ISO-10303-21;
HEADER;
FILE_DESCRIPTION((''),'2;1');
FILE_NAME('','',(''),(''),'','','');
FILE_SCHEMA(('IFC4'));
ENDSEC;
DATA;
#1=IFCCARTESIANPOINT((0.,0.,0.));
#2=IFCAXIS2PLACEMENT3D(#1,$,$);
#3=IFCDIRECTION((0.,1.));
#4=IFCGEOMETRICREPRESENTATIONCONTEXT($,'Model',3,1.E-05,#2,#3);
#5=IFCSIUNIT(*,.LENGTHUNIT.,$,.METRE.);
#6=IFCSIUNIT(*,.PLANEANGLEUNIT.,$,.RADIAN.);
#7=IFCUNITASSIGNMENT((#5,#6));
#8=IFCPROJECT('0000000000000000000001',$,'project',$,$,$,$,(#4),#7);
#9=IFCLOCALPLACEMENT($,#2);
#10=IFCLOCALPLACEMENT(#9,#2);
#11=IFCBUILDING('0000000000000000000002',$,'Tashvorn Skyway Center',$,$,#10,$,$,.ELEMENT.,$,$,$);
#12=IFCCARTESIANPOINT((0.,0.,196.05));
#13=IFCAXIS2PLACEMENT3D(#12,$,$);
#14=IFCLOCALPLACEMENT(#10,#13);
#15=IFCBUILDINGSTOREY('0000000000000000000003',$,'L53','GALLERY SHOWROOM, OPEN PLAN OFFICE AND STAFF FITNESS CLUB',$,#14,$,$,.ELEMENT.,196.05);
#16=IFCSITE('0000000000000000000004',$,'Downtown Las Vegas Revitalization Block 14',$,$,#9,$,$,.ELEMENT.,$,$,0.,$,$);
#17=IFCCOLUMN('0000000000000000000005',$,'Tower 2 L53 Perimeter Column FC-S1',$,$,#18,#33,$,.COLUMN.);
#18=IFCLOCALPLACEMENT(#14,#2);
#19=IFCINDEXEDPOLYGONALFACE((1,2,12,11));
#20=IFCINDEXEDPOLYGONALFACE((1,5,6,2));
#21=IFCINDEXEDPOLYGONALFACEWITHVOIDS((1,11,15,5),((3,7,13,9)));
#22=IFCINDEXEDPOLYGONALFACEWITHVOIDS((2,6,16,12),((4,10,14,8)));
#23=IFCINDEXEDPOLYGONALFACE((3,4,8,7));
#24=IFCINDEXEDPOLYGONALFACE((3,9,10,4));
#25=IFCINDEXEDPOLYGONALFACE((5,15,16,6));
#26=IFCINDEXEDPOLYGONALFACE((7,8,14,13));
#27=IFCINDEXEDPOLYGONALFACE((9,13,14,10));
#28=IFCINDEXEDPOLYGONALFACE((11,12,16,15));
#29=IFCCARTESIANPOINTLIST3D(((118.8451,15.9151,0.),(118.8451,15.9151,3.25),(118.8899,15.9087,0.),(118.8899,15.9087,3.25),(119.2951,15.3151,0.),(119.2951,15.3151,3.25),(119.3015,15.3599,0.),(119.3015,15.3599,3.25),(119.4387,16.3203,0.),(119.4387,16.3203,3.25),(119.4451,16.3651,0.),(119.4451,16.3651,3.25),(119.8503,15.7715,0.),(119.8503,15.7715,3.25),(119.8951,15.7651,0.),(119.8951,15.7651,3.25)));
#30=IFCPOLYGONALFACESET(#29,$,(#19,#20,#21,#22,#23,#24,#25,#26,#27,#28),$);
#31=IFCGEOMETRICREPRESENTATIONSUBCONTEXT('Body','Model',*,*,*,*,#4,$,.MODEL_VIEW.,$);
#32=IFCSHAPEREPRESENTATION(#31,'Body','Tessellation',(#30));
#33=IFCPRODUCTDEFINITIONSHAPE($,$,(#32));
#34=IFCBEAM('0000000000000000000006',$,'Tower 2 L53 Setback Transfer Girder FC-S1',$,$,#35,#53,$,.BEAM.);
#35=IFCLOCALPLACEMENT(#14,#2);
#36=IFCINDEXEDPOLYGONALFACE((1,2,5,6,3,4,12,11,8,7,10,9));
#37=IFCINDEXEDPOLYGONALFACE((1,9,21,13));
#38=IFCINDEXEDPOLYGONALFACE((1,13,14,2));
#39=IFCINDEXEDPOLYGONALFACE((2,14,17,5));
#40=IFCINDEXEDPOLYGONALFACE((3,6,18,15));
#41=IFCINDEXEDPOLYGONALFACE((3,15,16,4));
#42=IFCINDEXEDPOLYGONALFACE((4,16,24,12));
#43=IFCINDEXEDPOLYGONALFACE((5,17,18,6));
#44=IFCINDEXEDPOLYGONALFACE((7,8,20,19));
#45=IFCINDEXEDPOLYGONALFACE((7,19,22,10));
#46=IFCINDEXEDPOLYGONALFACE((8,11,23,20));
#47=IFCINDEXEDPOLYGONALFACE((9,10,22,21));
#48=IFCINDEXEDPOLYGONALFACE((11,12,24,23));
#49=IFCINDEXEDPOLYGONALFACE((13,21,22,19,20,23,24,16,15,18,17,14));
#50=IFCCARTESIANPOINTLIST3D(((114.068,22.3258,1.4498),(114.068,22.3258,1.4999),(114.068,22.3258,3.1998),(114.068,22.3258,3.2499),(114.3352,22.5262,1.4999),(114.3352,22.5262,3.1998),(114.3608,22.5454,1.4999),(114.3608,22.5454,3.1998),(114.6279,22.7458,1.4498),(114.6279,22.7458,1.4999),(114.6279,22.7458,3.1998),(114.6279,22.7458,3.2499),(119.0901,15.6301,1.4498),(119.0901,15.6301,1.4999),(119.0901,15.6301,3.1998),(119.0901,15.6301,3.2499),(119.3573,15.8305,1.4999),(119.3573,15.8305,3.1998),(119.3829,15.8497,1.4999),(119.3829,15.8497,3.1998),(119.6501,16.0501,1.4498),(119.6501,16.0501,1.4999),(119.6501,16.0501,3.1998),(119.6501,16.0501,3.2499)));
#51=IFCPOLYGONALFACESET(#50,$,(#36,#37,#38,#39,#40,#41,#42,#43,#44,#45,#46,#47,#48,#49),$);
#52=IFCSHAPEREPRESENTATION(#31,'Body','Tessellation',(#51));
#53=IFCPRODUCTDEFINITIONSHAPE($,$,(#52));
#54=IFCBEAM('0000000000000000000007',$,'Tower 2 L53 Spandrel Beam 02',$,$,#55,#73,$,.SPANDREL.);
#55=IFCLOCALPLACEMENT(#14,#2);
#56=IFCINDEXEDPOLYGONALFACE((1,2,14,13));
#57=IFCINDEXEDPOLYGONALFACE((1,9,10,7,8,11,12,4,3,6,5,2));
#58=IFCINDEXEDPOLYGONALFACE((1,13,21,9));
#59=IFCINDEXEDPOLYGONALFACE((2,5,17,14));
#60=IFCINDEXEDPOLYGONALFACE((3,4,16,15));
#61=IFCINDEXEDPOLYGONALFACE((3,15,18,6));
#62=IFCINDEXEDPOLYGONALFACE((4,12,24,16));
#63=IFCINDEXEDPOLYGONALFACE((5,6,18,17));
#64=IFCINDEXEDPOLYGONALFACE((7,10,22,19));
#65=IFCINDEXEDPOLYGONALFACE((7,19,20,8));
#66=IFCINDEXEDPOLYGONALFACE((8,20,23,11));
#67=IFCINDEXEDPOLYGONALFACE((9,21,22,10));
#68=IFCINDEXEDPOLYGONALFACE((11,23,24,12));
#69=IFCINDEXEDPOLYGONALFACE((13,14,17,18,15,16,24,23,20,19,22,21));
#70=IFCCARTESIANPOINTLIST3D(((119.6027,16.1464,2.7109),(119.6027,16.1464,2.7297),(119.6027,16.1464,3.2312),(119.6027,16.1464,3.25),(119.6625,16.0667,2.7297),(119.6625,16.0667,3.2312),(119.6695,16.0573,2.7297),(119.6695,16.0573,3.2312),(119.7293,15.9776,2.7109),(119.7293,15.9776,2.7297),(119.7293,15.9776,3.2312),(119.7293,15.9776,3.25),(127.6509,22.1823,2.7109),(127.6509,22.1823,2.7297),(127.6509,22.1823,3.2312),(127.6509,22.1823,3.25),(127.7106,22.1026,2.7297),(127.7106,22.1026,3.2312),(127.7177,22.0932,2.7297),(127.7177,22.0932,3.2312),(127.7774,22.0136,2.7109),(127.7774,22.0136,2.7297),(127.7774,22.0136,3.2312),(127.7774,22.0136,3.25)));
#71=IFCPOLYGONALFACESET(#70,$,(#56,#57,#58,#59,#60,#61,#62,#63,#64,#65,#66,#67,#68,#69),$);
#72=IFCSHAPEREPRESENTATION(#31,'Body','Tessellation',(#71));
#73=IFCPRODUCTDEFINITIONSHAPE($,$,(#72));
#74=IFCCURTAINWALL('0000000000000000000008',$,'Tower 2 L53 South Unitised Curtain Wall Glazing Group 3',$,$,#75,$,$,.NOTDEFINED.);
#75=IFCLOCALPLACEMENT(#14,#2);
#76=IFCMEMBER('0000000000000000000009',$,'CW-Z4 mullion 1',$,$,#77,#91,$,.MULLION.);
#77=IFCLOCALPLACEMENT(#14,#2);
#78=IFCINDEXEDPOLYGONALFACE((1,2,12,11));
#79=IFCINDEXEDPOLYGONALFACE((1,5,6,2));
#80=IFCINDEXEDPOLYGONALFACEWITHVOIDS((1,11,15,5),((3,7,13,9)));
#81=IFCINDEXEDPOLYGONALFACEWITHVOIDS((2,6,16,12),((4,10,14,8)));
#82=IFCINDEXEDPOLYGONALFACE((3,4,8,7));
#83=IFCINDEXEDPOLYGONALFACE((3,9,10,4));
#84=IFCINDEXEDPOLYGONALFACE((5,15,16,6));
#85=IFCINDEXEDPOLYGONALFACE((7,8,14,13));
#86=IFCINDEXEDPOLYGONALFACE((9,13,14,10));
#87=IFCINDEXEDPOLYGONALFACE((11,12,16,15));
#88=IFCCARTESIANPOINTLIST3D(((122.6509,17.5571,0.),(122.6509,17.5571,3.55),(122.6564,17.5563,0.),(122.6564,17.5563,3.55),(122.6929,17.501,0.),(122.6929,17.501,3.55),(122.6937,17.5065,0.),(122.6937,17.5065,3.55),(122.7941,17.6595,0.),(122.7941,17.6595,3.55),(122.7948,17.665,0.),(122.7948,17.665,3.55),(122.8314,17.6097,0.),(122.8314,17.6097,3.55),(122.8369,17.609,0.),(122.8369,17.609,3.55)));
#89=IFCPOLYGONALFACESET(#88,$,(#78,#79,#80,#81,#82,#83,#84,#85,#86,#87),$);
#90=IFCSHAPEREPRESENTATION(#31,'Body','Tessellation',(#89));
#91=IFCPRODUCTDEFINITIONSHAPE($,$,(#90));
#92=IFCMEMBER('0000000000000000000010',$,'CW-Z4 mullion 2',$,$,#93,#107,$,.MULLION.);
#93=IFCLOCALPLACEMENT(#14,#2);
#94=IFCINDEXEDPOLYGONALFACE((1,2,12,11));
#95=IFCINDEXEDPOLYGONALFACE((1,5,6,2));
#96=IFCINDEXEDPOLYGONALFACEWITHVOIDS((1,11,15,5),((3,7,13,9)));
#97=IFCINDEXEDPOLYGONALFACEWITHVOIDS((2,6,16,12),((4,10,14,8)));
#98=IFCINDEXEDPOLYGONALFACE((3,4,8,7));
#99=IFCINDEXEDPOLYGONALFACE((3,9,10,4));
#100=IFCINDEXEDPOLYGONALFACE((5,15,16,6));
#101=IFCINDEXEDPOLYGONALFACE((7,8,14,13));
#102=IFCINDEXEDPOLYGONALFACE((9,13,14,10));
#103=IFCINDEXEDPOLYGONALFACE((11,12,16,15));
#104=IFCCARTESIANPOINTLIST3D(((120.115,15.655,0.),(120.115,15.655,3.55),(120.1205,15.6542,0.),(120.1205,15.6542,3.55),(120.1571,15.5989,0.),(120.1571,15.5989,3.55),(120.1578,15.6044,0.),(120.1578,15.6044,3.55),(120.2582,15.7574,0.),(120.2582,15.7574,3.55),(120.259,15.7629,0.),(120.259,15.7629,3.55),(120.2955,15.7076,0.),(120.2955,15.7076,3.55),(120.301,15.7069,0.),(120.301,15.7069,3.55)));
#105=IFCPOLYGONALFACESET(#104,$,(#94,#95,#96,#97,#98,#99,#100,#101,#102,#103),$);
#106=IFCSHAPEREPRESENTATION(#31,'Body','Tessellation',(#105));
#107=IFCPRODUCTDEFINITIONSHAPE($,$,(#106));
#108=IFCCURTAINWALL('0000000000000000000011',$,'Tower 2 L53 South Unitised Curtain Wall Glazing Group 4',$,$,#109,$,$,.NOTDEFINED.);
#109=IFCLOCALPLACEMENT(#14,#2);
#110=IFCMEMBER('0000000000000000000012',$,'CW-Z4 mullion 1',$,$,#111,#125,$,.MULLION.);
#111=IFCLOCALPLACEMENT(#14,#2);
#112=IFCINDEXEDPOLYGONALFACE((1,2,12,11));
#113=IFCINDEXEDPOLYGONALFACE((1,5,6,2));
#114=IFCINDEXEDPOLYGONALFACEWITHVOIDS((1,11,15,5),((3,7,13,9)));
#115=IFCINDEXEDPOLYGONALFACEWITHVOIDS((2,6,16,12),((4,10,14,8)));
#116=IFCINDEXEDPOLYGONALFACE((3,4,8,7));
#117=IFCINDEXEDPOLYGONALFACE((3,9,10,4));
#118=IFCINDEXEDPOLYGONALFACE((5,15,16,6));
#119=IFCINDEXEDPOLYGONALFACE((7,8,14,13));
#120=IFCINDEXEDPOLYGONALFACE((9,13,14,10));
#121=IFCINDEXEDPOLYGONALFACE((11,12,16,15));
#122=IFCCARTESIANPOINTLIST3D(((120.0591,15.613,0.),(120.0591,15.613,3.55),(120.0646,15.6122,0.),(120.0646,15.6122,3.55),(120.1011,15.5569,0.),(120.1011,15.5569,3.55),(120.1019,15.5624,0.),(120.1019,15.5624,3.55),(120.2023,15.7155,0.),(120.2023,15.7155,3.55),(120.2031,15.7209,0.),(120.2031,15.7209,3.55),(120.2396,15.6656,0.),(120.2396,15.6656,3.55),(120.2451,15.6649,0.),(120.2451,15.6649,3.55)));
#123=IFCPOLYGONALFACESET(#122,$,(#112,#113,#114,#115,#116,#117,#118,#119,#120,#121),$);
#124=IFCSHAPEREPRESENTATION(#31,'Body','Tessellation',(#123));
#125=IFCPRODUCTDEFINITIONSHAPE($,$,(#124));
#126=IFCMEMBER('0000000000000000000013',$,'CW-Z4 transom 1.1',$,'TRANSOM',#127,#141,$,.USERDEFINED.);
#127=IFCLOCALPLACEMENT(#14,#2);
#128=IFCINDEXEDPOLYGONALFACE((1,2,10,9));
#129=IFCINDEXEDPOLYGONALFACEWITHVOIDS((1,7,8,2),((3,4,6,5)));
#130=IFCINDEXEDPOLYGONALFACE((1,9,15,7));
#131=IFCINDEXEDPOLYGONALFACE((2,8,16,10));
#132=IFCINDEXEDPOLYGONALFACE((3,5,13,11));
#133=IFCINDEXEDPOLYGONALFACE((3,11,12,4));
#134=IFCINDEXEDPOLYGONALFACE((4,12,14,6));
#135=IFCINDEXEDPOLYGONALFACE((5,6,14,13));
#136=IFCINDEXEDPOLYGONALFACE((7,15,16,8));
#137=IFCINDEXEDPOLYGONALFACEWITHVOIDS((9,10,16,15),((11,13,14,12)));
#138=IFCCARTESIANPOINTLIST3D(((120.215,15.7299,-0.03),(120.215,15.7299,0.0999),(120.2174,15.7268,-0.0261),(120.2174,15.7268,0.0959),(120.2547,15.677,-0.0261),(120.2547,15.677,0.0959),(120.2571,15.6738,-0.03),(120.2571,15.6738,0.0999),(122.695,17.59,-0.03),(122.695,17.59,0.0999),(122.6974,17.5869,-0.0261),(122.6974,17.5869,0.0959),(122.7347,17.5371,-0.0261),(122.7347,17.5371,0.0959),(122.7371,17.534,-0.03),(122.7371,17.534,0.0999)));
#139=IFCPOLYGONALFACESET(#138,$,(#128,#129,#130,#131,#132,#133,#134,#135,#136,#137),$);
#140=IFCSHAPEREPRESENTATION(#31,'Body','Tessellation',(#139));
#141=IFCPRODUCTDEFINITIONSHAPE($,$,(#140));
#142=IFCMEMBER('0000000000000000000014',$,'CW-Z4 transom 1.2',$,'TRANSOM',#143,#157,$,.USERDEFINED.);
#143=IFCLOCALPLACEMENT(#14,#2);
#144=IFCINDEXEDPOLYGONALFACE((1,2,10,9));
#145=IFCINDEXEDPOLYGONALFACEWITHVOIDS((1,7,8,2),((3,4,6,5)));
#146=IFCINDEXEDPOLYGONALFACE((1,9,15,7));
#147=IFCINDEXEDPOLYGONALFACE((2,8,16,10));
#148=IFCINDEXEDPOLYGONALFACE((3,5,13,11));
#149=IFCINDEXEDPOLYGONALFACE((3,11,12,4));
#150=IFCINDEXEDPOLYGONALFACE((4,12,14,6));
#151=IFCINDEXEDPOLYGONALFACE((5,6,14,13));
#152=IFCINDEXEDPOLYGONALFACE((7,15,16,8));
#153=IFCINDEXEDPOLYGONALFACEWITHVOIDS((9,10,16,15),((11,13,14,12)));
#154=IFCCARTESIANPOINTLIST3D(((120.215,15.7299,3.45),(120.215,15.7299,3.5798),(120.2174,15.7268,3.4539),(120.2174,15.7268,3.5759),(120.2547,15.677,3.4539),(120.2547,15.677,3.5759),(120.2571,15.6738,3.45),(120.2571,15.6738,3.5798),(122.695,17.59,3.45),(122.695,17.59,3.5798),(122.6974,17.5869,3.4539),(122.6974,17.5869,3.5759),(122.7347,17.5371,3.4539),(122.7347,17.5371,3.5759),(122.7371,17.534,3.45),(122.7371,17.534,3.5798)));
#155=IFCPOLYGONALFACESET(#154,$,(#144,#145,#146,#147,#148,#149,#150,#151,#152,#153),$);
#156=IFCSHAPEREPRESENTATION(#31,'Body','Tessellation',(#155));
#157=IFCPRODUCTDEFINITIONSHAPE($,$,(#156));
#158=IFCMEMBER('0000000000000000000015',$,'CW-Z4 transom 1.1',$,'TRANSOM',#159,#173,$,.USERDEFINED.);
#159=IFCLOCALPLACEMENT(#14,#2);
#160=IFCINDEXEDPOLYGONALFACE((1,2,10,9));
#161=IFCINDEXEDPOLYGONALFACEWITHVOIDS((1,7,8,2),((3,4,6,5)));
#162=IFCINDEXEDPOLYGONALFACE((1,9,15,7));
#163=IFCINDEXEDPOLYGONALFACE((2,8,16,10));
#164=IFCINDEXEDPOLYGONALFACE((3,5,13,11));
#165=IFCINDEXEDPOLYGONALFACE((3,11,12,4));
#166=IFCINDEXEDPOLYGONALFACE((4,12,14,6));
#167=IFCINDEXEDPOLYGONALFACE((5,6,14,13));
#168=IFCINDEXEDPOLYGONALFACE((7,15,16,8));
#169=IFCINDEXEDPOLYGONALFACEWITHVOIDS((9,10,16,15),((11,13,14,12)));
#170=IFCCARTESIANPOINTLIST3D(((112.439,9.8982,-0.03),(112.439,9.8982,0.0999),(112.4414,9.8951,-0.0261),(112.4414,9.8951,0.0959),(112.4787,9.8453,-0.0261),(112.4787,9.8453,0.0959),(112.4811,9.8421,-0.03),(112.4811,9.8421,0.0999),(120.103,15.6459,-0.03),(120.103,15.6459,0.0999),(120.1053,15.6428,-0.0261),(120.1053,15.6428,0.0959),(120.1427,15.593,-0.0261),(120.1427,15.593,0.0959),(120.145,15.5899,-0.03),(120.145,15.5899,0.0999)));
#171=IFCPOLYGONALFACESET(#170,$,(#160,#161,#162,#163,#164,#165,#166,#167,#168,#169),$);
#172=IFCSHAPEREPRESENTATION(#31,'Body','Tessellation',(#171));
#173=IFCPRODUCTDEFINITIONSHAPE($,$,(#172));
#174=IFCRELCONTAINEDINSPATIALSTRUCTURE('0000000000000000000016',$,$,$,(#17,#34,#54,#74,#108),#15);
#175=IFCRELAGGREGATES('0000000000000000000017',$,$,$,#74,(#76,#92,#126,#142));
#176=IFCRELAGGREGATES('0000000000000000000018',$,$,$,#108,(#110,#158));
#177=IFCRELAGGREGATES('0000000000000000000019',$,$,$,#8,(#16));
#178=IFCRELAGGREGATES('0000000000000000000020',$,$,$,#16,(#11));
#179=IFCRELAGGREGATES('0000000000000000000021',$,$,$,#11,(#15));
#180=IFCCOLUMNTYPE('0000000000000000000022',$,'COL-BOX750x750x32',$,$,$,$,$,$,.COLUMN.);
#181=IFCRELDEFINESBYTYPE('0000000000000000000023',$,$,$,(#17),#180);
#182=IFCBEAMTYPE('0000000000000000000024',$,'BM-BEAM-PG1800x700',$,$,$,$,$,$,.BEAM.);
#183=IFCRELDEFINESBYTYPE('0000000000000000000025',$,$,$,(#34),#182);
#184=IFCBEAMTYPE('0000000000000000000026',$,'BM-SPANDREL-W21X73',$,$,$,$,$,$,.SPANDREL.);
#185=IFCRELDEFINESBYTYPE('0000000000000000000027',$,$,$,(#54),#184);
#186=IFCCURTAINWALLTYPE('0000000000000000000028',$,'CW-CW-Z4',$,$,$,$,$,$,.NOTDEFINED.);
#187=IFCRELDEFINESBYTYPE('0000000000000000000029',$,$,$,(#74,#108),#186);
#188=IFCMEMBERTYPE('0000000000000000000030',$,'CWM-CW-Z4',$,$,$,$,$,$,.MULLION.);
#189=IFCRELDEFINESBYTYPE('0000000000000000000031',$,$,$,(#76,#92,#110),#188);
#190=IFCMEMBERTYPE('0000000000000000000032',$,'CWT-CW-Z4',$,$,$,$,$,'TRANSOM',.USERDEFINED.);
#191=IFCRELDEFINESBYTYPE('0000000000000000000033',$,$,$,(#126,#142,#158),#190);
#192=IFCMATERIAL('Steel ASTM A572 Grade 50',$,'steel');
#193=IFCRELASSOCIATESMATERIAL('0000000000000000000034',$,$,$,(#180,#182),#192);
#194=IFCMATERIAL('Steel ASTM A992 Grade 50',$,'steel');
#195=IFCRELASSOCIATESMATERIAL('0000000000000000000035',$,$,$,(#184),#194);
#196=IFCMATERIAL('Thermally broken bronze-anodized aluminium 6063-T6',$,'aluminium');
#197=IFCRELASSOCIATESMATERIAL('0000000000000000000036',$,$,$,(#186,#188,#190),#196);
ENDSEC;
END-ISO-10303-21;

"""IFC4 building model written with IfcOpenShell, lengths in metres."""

from ifc_helpers import new_model, si_unit, direction, frame, origin, origin_2d, place, context, subcontext, project, spatial, hollow_rectangle, i_section, extrude, material, material_profile, profile_set, type_object, element, aggregate, save


model = new_model("IFC4")

# Units and contexts
model_context = context("Model", 3, precision=1e-05, world=origin(), true_north=direction((0.0, 1.0)))
body_context = subcontext(model_context, "Body", "Model", "MODEL_VIEW")
ifc_project = project(units=[si_unit("LENGTHUNIT", "METRE"), si_unit("PLANEANGLEUNIT", "RADIAN")], contexts=[model_context])

# Site, building, storey
site_placement = place(None, origin())
site = spatial("IfcSite", under=ifc_project, at=site_placement, Name="Downtown Las Vegas Revitalization Block 14", CompositionType="ELEMENT", RefElevation=0.0)
building_placement = place(site_placement, origin())
building = spatial("IfcBuilding", under=site, at=building_placement, Name="Tashvorn Skyway Center", CompositionType="ELEMENT")
storey_placement = place(building_placement, frame((0.0, 0.0, 196.05)))
storey = spatial("IfcBuildingStorey", under=building, at=storey_placement, Name="L53", Description="GALLERY SHOWROOM, OPEN PLAN OFFICE AND STAFF FITNESS CLUB", CompositionType="ELEMENT", Elevation=196.05)

# Column
ifc_material_1 = material(Name="Steel ASTM A572 Grade 50", Category="steel")
ifc_material_profile_1 = material_profile(ifc_material_1, hollow_rectangle(XDim=0.75, YDim=0.75, WallThickness=0.032, at=origin_2d()), Name="BOX750x750x32")
ifc_profile_set_1 = profile_set([ifc_material_profile_1], Name="Steel ASTM A572 Grade 50")
column_type = type_object("IfcColumnType", Name="COL-BOX750x750x32", PredefinedType="COLUMN", material=ifc_profile_set_1)
column_placement = place(storey_placement, frame((119.3701, 15.8401, 0.0), z_axis=(0.0, 0.0, 1.0), x_axis=(0.8, 0.6, 0.0)))
element("IfcColumn", 1, at=column_placement, inside=storey, type_object=column_type, Name="Tower 2 L53 Perimeter Column FC-S1", PredefinedType="COLUMN", context=body_context, shape_type="SweptSolid", body=[
    extrude(hollow_rectangle(XDim=0.75, YDim=0.75, WallThickness=0.032, at=origin_2d()), origin(), (0.0, 0.0, 1.0), 3.25),
])

# Beams
ifc_material_profile_2 = material_profile(ifc_material_1, i_section(OverallWidth=0.7, OverallDepth=1.8, WebThickness=0.032, FlangeThickness=0.05, at=origin_2d()), Name="PG1800x700")
ifc_profile_set_2 = profile_set([ifc_material_profile_2], Name="Steel ASTM A572 Grade 50")
beam_type_1 = type_object("IfcBeamType", Name="BM-BEAM-PG1800x700", PredefinedType="BEAM", material=ifc_profile_set_2)
beam_1_placement = place(storey_placement, frame((119.3701, 15.8401, 2.3499), z_axis=(-0.600028, 0.799979, 0.0), x_axis=(-0.799979, -0.600028, 0.0)))
element("IfcBeam", 2, at=beam_1_placement, inside=storey, type_object=beam_type_1, Name="Tower 2 L53 Setback Transfer Girder FC-S1", PredefinedType="BEAM", context=body_context, shape_type="SweptSolid", body=[
    extrude(i_section(OverallWidth=0.7, OverallDepth=1.8, WebThickness=0.032, FlangeThickness=0.05, at=origin_2d()), origin(), (0.0, 0.0, 1.0), 8.3699),
])
ifc_material_2 = material(Name="Steel ASTM A992 Grade 50", Category="steel")
ifc_material_profile_3 = material_profile(ifc_material_2, i_section(OverallWidth=0.2109, OverallDepth=0.5391, WebThickness=0.0117, FlangeThickness=0.0188, at=origin_2d()), Name="W21X73")
ifc_profile_set_3 = profile_set([ifc_material_profile_3], Name="Steel ASTM A992 Grade 50")
beam_type_2 = type_object("IfcBeamType", Name="BM-SPANDREL-W21X73", PredefinedType="SPANDREL", material=ifc_profile_set_3)
beam_2_placement = place(storey_placement, frame((119.666, 16.062, 2.9805), z_axis=(0.800009, 0.599988, 0.0), x_axis=(-0.599988, 0.800009, 0.0)))
element("IfcBeam", 3, at=beam_2_placement, inside=storey, type_object=beam_type_2, Name="Tower 2 L53 Spandrel Beam 02", PredefinedType="SPANDREL", context=body_context, shape_type="SweptSolid", body=[
    extrude(i_section(OverallWidth=0.2109, OverallDepth=0.5391, WebThickness=0.0117, FlangeThickness=0.0188, at=origin_2d()), origin(), (0.0, 0.0, 1.0), 10.0601),
])

# Curtain wall, members
ifc_material_3 = material(Name="Thermally broken bronze-anodized aluminium 6063-T6", Category="aluminium")
curtain_wall_type = type_object("IfcCurtainWallType", Name="CW-CW-Z4", PredefinedType="NOTDEFINED", material=ifc_material_3)
curtain_wall_1_placement = place(storey_placement, origin())
curtain_wall_1 = element("IfcCurtainWall", 4, at=curtain_wall_1_placement, inside=storey, type_object=curtain_wall_type, Name="Tower 2 L53 South Unitised Curtain Wall Glazing Group 3", PredefinedType="NOTDEFINED")
ifc_material_profile_4 = material_profile(ifc_material_3, hollow_rectangle(XDim=0.0701, YDim=0.1799, WallThickness=0.0039, at=origin_2d()), Name="ALU-MULL-70x180")
ifc_profile_set_4 = profile_set([ifc_material_profile_4], Name="Thermally broken bronze-anodized aluminium 6063-T6")
member_type_1 = type_object("IfcMemberType", Name="CWM-CW-Z4", PredefinedType="MULLION", material=ifc_profile_set_4)
member_1_placement = place(storey_placement, frame((122.7439, 17.583, 0.0), z_axis=(0.0, 0.0, 1.0), x_axis=(0.6, -0.8, 0.0)))
member_1 = element("IfcMember", 5, at=member_1_placement, type_object=member_type_1, Name="CW-Z4 mullion 1", PredefinedType="MULLION", context=body_context, shape_type="SweptSolid", body=[
    extrude(hollow_rectangle(XDim=0.0701, YDim=0.1799, WallThickness=0.0039, at=origin_2d()), origin(), (0.0, 0.0, 1.0), 3.55),
])
member_2_placement = place(storey_placement, frame((120.208, 15.6809, 0.0), z_axis=(0.0, 0.0, 1.0), x_axis=(0.6, -0.8, 0.0)))
member_2 = element("IfcMember", 6, at=member_2_placement, type_object=member_type_1, Name="CW-Z4 mullion 2", PredefinedType="MULLION", context=body_context, shape_type="SweptSolid", body=[
    extrude(hollow_rectangle(XDim=0.0701, YDim=0.1799, WallThickness=0.0039, at=origin_2d()), origin(), (0.0, 0.0, 1.0), 3.55),
])

# Curtain wall, member
curtain_wall_2_placement = place(storey_placement, origin())
curtain_wall_2 = element("IfcCurtainWall", 7, at=curtain_wall_2_placement, inside=storey, type_object=curtain_wall_type, Name="Tower 2 L53 South Unitised Curtain Wall Glazing Group 4", PredefinedType="NOTDEFINED")
member_3_placement = place(storey_placement, frame((120.1521, 15.6389, 0.0), z_axis=(0.0, 0.0, 1.0), x_axis=(0.6, -0.8, 0.0)))
member_3 = element("IfcMember", 8, at=member_3_placement, type_object=member_type_1, Name="CW-Z4 mullion 1", PredefinedType="MULLION", context=body_context, shape_type="SweptSolid", body=[
    extrude(hollow_rectangle(XDim=0.0701, YDim=0.1799, WallThickness=0.0039, at=origin_2d()), origin(), (0.0, 0.0, 1.0), 3.55),
])

# Members
ifc_material_profile_5 = material_profile(ifc_material_3, hollow_rectangle(XDim=0.0701, YDim=0.1299, WallThickness=0.0039, at=origin_2d()), Name="ALU-TRAN-70x130")
ifc_profile_set_5 = profile_set([ifc_material_profile_5], Name="Thermally broken bronze-anodized aluminium 6063-T6")
member_type_2 = type_object("IfcMemberType", Name="CWT-CW-Z4", ElementType="TRANSOM", PredefinedType="USERDEFINED", material=ifc_profile_set_5)
member_4_placement = place(storey_placement, frame((122.7161, 17.562, 0.0349), z_axis=(-0.799981, -0.600025, 0.0), x_axis=(0.600025, -0.799981, 0.0)))
member_4 = element("IfcMember", 9, at=member_4_placement, type_object=member_type_2, Name="CW-Z4 transom 1.1", ObjectType="TRANSOM", PredefinedType="USERDEFINED", context=body_context, shape_type="SweptSolid", body=[
    extrude(hollow_rectangle(XDim=0.0701, YDim=0.1299, WallThickness=0.0039, at=origin_2d()), origin(), (0.0, 0.0, 1.0), 3.1001),
])
member_5_placement = place(storey_placement, frame((122.7161, 17.562, 3.5149), z_axis=(-0.799981, -0.600025, 0.0), x_axis=(0.600025, -0.799981, 0.0)))
member_5 = element("IfcMember", 10, at=member_5_placement, type_object=member_type_2, Name="CW-Z4 transom 1.2", ObjectType="TRANSOM", PredefinedType="USERDEFINED", context=body_context, shape_type="SweptSolid", body=[
    extrude(hollow_rectangle(XDim=0.0701, YDim=0.1299, WallThickness=0.0039, at=origin_2d()), origin(), (0.0, 0.0, 1.0), 3.1001),
])
member_6_placement = place(storey_placement, frame((120.124, 15.6179, 0.0349), z_axis=(-0.800012, -0.599984, 0.0), x_axis=(0.599984, -0.800012, 0.0)))
member_6 = element("IfcMember", 11, at=member_6_placement, type_object=member_type_2, Name="CW-Z4 transom 1.1", ObjectType="TRANSOM", PredefinedType="USERDEFINED", context=body_context, shape_type="SweptSolid", body=[
    extrude(hollow_rectangle(XDim=0.0701, YDim=0.1299, WallThickness=0.0039, at=origin_2d()), origin(), (0.0, 0.0, 1.0), 9.5798),
])

aggregate(curtain_wall_1, [member_1, member_2, member_4, member_5])
aggregate(curtain_wall_2, [member_3, member_6])

save(model, "model.ifc")
